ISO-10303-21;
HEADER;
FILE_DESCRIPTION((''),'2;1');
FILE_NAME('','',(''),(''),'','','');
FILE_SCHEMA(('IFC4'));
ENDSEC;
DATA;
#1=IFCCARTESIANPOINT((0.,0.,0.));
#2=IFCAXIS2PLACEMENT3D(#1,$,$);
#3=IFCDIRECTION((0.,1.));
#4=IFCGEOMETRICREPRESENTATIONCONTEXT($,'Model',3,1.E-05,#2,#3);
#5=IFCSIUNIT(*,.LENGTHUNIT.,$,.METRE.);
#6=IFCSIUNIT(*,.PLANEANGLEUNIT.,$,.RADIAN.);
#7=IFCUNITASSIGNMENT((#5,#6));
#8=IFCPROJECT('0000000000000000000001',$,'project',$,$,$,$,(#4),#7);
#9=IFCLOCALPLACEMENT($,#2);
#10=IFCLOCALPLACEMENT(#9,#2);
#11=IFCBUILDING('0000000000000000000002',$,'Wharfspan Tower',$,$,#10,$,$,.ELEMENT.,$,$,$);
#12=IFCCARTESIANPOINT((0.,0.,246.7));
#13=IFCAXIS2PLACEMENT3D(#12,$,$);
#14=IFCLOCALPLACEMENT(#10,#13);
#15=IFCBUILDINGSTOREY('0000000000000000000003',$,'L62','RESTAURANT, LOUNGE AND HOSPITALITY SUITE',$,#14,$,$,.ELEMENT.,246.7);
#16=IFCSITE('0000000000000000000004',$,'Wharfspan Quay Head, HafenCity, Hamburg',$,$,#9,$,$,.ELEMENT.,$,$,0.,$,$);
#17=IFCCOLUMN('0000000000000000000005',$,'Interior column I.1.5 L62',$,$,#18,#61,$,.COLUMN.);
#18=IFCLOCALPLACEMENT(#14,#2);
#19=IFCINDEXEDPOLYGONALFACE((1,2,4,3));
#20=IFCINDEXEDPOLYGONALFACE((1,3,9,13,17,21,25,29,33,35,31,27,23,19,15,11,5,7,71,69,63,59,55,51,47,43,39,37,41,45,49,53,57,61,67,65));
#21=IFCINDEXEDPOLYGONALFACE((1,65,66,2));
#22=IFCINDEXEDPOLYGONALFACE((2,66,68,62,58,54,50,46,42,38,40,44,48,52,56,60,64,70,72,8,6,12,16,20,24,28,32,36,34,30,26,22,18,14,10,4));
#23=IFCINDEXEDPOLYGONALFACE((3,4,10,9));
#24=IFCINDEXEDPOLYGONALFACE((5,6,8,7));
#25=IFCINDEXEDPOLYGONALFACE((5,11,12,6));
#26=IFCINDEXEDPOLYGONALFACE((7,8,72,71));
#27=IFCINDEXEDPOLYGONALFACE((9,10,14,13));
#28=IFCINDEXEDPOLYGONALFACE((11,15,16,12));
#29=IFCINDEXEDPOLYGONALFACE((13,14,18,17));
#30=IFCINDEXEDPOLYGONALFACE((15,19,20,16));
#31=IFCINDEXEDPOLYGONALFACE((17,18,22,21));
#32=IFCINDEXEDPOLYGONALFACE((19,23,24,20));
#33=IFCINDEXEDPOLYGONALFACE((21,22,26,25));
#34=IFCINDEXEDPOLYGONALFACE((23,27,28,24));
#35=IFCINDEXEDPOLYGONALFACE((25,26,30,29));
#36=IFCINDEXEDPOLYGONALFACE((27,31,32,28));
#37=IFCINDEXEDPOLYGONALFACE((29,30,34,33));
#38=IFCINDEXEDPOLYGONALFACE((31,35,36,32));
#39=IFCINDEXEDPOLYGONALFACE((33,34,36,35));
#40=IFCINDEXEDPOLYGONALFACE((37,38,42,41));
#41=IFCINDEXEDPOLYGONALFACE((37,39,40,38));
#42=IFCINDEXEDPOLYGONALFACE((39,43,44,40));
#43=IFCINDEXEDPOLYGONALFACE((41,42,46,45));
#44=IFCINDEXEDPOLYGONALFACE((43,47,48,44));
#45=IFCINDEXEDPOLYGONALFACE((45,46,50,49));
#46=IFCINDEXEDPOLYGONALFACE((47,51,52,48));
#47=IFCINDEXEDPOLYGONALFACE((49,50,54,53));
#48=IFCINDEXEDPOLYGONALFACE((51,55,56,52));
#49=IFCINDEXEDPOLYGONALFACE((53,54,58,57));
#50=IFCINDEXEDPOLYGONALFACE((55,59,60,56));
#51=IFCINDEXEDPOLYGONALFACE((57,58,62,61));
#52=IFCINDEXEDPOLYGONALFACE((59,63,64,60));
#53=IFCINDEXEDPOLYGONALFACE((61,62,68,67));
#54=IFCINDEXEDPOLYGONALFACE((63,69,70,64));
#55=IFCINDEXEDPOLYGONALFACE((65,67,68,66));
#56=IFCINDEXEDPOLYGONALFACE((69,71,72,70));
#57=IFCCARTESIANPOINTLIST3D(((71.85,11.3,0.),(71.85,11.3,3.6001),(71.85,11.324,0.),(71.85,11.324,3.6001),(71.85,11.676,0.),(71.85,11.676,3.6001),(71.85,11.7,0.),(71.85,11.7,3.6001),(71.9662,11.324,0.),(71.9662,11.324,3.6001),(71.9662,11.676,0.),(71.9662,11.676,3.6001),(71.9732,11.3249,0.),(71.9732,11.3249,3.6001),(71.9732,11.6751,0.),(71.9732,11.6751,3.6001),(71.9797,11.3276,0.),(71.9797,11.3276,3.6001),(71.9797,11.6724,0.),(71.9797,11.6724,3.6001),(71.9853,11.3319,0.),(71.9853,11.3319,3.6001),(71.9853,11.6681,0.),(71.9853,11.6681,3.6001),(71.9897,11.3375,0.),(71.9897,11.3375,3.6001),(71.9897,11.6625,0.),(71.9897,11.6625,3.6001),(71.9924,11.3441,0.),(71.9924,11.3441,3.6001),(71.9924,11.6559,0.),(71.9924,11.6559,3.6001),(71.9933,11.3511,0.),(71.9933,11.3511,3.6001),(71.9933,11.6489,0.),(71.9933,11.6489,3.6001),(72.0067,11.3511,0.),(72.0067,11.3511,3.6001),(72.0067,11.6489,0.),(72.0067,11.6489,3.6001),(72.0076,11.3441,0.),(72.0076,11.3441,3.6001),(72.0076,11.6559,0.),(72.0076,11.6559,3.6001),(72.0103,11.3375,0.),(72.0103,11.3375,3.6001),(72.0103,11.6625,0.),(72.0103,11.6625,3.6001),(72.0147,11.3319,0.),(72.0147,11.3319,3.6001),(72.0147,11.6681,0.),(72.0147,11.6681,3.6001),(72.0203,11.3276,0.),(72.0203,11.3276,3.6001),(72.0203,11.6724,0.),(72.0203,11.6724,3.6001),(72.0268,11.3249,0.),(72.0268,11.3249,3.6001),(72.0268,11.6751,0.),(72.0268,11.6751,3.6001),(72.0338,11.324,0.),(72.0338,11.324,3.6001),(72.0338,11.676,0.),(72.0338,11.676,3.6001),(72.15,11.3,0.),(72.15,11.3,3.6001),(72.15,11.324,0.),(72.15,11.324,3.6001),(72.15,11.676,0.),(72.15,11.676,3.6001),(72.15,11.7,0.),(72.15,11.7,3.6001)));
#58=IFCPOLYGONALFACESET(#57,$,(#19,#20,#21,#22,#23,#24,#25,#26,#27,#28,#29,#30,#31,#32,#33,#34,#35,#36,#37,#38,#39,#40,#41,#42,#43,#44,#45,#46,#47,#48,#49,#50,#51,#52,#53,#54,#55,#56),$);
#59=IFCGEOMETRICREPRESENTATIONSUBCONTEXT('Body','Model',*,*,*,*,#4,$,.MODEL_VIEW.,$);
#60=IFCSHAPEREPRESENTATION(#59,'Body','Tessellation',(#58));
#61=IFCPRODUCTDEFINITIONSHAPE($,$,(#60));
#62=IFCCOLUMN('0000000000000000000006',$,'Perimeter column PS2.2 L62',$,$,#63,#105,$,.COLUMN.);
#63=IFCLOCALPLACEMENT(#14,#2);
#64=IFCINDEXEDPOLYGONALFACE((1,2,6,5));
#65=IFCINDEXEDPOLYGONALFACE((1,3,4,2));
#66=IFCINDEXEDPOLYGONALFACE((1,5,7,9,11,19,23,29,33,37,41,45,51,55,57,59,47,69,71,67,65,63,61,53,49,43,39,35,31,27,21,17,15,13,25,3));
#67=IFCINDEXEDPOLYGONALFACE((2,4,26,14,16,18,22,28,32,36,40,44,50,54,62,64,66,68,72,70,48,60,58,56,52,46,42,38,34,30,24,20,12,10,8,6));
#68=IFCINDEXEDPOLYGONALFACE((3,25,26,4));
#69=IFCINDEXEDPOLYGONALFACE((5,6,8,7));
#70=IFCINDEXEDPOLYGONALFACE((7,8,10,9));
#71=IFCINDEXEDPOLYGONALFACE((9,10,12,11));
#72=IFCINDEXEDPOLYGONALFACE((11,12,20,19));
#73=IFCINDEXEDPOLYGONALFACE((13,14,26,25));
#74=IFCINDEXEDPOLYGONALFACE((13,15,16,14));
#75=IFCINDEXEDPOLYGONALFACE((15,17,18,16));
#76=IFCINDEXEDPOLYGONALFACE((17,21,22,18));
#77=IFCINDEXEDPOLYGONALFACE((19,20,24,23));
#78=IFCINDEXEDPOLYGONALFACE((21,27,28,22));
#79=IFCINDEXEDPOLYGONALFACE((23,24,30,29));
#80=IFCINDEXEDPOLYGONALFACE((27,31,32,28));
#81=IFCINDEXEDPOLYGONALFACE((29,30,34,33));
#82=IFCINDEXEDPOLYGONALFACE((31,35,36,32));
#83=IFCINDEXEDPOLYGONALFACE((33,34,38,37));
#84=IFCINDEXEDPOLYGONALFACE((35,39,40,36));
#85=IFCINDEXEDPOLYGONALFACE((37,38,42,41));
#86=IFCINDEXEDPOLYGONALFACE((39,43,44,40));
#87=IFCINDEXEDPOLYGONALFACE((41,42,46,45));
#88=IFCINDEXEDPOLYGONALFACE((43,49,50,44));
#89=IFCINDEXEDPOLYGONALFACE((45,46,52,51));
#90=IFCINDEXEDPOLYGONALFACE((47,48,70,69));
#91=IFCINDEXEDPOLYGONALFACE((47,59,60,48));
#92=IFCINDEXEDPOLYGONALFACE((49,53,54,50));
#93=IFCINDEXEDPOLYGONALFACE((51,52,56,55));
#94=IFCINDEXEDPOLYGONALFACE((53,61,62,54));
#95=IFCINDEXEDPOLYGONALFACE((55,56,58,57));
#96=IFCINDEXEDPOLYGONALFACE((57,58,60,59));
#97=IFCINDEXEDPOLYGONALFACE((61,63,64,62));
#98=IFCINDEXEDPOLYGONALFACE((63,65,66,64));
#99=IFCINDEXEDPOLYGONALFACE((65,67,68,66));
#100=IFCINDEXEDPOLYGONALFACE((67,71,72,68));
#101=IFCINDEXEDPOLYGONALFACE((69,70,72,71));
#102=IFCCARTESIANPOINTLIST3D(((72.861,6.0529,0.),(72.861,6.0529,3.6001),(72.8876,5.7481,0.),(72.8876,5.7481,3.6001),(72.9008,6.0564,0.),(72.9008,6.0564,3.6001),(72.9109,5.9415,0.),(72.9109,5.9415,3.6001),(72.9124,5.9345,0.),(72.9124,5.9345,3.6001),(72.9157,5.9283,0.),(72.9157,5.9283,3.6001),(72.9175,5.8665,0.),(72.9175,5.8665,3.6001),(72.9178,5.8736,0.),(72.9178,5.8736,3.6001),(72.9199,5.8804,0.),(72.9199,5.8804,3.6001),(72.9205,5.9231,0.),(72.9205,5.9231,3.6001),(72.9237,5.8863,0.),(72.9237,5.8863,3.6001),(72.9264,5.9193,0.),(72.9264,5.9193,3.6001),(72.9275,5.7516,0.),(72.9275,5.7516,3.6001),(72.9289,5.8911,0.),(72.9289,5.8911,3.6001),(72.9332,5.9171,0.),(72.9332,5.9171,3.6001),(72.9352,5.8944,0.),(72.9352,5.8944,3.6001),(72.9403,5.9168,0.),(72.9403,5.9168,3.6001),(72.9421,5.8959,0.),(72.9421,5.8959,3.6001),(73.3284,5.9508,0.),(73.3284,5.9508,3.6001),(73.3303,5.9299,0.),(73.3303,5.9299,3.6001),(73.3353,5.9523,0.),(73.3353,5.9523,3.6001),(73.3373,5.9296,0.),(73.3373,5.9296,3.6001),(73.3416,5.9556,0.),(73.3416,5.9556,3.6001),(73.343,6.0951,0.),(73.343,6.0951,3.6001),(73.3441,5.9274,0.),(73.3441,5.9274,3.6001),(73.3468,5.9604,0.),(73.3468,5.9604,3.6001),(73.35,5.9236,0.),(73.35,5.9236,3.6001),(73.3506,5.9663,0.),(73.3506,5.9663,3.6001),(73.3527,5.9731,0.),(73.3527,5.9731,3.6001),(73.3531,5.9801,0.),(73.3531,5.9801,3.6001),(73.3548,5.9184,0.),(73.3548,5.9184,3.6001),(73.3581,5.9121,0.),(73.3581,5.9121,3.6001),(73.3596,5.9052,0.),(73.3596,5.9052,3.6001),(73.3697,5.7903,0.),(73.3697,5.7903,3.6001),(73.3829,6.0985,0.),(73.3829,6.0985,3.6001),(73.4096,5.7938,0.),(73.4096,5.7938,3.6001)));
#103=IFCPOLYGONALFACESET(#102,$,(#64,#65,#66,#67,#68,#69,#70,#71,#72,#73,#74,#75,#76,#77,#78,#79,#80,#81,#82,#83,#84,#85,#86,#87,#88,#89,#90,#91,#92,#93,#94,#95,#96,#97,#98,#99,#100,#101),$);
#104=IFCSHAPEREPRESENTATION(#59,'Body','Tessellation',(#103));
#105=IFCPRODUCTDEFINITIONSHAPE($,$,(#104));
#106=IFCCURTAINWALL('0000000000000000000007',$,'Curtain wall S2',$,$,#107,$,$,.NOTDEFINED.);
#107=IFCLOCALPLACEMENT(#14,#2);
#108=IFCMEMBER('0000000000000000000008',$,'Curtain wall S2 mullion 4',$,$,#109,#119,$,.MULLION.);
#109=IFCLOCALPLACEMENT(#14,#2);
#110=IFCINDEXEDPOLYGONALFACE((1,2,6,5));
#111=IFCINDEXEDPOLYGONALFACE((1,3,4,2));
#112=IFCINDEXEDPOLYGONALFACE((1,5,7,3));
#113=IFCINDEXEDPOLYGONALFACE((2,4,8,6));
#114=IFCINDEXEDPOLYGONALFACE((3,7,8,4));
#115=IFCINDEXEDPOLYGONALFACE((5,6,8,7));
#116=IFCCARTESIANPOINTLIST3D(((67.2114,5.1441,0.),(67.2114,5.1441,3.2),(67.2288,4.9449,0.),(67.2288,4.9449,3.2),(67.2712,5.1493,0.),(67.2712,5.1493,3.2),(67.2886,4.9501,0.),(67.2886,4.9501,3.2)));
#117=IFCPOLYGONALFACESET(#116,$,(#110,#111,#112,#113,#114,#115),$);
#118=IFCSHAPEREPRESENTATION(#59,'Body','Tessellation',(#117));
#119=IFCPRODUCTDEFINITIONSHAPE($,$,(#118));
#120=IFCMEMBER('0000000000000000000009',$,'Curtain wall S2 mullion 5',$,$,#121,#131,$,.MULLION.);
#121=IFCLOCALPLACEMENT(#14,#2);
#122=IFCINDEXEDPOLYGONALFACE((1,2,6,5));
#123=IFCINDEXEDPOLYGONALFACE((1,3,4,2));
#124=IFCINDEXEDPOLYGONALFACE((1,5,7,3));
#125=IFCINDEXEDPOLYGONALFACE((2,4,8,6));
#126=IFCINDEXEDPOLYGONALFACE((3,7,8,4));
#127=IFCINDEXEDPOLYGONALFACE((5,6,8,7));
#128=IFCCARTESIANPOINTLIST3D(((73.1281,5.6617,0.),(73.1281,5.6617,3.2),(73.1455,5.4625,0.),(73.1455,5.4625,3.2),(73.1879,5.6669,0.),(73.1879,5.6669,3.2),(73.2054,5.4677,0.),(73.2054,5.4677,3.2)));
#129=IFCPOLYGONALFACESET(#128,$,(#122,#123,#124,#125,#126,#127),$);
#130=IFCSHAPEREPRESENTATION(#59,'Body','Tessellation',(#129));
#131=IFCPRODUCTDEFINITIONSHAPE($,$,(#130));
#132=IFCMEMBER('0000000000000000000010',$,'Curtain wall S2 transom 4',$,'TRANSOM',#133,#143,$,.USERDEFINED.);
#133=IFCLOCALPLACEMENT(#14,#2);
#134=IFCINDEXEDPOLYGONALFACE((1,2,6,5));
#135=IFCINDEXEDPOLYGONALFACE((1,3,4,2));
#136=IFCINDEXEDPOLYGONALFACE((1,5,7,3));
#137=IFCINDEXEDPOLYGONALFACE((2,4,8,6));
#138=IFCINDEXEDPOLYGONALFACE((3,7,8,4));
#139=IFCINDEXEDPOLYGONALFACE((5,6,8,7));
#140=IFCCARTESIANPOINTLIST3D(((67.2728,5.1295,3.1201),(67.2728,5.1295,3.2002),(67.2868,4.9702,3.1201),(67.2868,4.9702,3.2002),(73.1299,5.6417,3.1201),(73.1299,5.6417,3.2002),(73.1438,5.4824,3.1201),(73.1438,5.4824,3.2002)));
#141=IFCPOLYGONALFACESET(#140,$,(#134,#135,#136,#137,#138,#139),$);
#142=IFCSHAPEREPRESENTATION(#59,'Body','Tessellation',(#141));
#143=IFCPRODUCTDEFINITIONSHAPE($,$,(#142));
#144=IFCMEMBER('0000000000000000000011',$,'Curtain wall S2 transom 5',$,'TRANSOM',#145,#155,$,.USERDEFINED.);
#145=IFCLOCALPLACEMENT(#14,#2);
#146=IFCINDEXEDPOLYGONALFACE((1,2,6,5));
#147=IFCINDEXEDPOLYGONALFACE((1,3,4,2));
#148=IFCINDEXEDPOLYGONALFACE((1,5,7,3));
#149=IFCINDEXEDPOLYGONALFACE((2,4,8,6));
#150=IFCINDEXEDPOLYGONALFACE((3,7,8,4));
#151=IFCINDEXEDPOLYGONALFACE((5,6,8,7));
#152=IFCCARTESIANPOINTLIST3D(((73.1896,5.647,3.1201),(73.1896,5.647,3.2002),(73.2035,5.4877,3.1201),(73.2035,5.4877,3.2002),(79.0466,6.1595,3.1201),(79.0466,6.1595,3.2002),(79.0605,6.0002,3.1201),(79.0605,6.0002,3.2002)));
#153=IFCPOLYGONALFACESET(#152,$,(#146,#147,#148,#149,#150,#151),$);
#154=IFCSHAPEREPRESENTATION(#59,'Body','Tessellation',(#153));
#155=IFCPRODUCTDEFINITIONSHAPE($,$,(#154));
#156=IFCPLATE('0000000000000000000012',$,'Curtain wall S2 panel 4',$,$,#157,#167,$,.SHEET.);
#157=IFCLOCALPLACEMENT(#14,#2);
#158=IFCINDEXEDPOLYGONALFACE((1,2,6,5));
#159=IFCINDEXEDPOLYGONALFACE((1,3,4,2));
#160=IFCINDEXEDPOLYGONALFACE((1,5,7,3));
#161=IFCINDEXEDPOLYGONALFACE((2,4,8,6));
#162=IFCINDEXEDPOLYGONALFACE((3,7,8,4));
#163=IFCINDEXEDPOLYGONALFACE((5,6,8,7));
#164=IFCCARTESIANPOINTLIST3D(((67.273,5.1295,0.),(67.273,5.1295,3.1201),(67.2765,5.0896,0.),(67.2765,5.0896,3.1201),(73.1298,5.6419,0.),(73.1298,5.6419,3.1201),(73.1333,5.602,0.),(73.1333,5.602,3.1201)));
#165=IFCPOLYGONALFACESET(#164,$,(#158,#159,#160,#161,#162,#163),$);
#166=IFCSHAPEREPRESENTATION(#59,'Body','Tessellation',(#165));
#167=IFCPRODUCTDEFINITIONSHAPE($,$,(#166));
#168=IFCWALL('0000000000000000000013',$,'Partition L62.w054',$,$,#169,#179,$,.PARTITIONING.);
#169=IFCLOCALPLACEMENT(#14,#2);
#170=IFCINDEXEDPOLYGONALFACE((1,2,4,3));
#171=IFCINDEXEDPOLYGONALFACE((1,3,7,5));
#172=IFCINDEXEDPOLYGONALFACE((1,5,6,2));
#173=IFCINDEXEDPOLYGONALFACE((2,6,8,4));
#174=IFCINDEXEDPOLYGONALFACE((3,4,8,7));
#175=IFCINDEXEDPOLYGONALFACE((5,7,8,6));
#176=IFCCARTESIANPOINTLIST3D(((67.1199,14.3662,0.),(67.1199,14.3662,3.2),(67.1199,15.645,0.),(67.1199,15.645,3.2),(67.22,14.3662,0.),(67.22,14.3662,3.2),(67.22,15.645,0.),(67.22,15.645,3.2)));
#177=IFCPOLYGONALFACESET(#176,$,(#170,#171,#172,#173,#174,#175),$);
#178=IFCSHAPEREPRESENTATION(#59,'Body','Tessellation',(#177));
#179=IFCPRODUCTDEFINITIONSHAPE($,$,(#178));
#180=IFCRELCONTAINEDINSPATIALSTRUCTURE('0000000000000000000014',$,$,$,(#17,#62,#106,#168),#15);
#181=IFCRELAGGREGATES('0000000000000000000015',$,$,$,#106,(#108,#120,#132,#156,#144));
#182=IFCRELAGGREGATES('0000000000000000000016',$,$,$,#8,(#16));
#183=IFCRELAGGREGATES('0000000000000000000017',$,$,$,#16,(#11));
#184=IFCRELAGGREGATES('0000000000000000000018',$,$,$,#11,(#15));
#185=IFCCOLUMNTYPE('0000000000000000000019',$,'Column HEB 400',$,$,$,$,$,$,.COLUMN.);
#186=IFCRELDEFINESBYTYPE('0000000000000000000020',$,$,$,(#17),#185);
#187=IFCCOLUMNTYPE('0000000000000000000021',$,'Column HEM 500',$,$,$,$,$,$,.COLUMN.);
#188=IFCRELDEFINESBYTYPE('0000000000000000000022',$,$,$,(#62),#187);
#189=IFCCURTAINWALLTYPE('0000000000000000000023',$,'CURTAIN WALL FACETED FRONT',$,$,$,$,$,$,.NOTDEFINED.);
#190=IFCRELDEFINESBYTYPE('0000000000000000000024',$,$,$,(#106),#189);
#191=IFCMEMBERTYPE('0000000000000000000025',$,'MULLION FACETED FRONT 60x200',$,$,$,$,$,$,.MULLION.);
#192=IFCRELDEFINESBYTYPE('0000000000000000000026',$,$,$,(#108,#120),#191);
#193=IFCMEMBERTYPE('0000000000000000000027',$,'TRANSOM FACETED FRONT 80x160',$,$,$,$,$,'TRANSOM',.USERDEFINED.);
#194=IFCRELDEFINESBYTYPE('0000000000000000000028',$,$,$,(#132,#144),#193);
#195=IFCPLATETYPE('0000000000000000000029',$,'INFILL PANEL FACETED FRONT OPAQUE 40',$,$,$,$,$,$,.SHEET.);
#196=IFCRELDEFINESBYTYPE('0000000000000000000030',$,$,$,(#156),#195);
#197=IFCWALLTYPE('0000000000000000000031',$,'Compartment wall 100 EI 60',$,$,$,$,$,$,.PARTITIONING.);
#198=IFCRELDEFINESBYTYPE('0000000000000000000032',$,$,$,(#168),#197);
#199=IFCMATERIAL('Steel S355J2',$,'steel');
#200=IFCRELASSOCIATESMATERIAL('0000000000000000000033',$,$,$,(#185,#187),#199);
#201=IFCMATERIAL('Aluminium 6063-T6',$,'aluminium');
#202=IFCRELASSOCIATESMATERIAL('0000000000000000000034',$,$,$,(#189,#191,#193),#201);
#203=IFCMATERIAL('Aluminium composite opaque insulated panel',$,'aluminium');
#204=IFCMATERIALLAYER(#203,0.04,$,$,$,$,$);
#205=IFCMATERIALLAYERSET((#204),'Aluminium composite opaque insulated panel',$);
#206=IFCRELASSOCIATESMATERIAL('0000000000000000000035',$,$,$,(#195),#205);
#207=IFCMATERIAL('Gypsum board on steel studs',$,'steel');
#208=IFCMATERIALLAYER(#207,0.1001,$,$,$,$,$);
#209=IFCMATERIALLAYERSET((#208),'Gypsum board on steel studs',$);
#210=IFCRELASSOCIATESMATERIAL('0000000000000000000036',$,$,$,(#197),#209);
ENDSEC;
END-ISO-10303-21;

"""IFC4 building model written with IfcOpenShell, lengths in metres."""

from ifc_helpers import new_model, si_unit, direction, frame, frame_2d, origin, origin_2d, place, context, subcontext, project, spatial, rectangle, i_section, extrude, material, layer, layer_set, material_profile, profile_set, type_object, element, aggregate, save


model = new_model("IFC4")

# Units and contexts
model_context = context("Model", 3, precision=1e-05, world=origin(), true_north=direction((0.0, 1.0)))
body_context = subcontext(model_context, "Body", "Model", "MODEL_VIEW")
ifc_project = project(units=[si_unit("LENGTHUNIT", "METRE"), si_unit("PLANEANGLEUNIT", "RADIAN")], contexts=[model_context])

# Site, building, storey
site_placement = place(None, origin())
site = spatial("IfcSite", under=ifc_project, at=site_placement, Name="Wharfspan Quay Head, HafenCity, Hamburg", CompositionType="ELEMENT", RefElevation=0.0)
building_placement = place(site_placement, origin())
building = spatial("IfcBuilding", under=site, at=building_placement, Name="Wharfspan Tower", CompositionType="ELEMENT")
storey_placement = place(building_placement, frame((0.0, 0.0, 246.7)))
storey = spatial("IfcBuildingStorey", under=building, at=storey_placement, Name="L62", Description="RESTAURANT, LOUNGE AND HOSPITALITY SUITE", CompositionType="ELEMENT", Elevation=246.7)

# Columns
ifc_material_1 = material(Name="Steel S355J2", Category="steel")
ifc_material_profile_1 = material_profile(ifc_material_1, i_section(OverallWidth=0.3, OverallDepth=0.3999, WebThickness=0.0134, FlangeThickness=0.0239, FilletRadius=0.0271, at=origin_2d()))
ifc_profile_set_1 = profile_set([ifc_material_profile_1], Name="Steel S355J2")
column_type_1 = type_object("IfcColumnType", Name="Column HEB 400", PredefinedType="COLUMN", material=ifc_profile_set_1)
column_1_placement = place(storey_placement, frame((72.0, 11.5, 0.0), z_axis=(0.0, 0.0, 1.0), x_axis=(1.0, 0.0, 0.0)))
element("IfcColumn", 1, at=column_1_placement, inside=storey, type_object=column_type_1, Name="Interior column I.1.5 L62", PredefinedType="COLUMN", context=body_context, shape_type="SweptSolid", body=[
    extrude(i_section(OverallWidth=0.3, OverallDepth=0.3999, WebThickness=0.0134, FlangeThickness=0.0239, FilletRadius=0.0271, at=origin_2d()), origin(), (0.0, 0.0, 1.0), 3.6001),
])
ifc_material_profile_2 = material_profile(ifc_material_1, i_section(OverallWidth=0.3059, OverallDepth=0.5239, WebThickness=0.021, FlangeThickness=0.04, FilletRadius=0.0271, at=origin_2d()))
ifc_profile_set_2 = profile_set([ifc_material_profile_2], Name="Steel S355J2")
column_type_2 = type_object("IfcColumnType", Name="Column HEM 500", PredefinedType="COLUMN", material=ifc_profile_set_2)
column_2_placement = place(storey_placement, frame((73.1353, 5.9233, 0.0), z_axis=(0.0, 0.0, 1.0), x_axis=(0.087156, -0.996197, 0.0)))
element("IfcColumn", 2, at=column_2_placement, inside=storey, type_object=column_type_2, Name="Perimeter column PS2.2 L62", PredefinedType="COLUMN", context=body_context, shape_type="SweptSolid", body=[
    extrude(i_section(OverallWidth=0.3059, OverallDepth=0.5239, WebThickness=0.021, FlangeThickness=0.04, FilletRadius=0.0271, at=origin_2d()), origin(), (0.0, 0.0, 1.0), 3.6001),
])

# Curtain wall, members, plate
ifc_material_2 = material(Name="Aluminium 6063-T6", Category="aluminium")
curtain_wall_type = type_object("IfcCurtainWallType", Name="CURTAIN WALL FACETED FRONT", PredefinedType="NOTDEFINED", material=ifc_material_2)
curtain_wall_placement = place(storey_placement, origin())
curtain_wall = element("IfcCurtainWall", 3, at=curtain_wall_placement, inside=storey, type_object=curtain_wall_type, Name="Curtain wall S2", PredefinedType="NOTDEFINED")
ifc_material_profile_3 = material_profile(ifc_material_2, rectangle(XDim=0.2, YDim=0.0601, at=origin_2d()))
ifc_profile_set_3 = profile_set([ifc_material_profile_3], Name="Aluminium 6063-T6")
member_type_1 = type_object("IfcMemberType", Name="MULLION FACETED FRONT 60x200", PredefinedType="MULLION", material=ifc_profile_set_3)
member_1_placement = place(storey_placement, frame((67.25, 5.0471, 0.0), z_axis=(0.0, 0.0, 1.0), x_axis=(-0.087156, 0.996197, 0.0)))
member_1 = element("IfcMember", 4, at=member_1_placement, type_object=member_type_1, Name="Curtain wall S2 mullion 4", PredefinedType="MULLION", context=body_context, shape_type="SweptSolid", body=[
    extrude(rectangle(XDim=0.2, YDim=0.0601, at=origin_2d()), origin(), (0.0, 0.0, 1.0), 3.2),
])
member_2_placement = place(storey_placement, frame((73.1667, 5.5647, 0.0), z_axis=(0.0, 0.0, 1.0), x_axis=(-0.087156, 0.996197, 0.0)))
member_2 = element("IfcMember", 5, at=member_2_placement, type_object=member_type_1, Name="Curtain wall S2 mullion 5", PredefinedType="MULLION", context=body_context, shape_type="SweptSolid", body=[
    extrude(rectangle(XDim=0.2, YDim=0.0601, at=origin_2d()), origin(), (0.0, 0.0, 1.0), 3.2),
])
ifc_material_profile_4 = material_profile(ifc_material_2, rectangle(XDim=0.1599, YDim=0.0801, at=origin_2d()))
ifc_profile_set_4 = profile_set([ifc_material_profile_4], Name="Aluminium 6063-T6")
member_type_2 = type_object("IfcMemberType", Name="TRANSOM FACETED FRONT 80x160", ElementType="TRANSOM", PredefinedType="USERDEFINED", material=ifc_profile_set_4)
member_3_placement = place(storey_placement, frame((67.2798, 5.0498, 3.1602), z_axis=(0.996198, 0.087121, 0.0), x_axis=(-0.087121, 0.996198, 0.0)))
member_3 = element("IfcMember", 6, at=member_3_placement, type_object=member_type_2, Name="Curtain wall S2 transom 4", ObjectType="TRANSOM", PredefinedType="USERDEFINED", context=body_context, shape_type="SweptSolid", body=[
    extrude(rectangle(XDim=0.1599, YDim=0.0801, at=origin_2d()), origin(), (0.0, 0.0, 1.0), 5.8794),
])
member_4_placement = place(storey_placement, frame((73.1965, 5.5674, 3.1602), z_axis=(0.996194, 0.087162, 0.0), x_axis=(-0.087162, 0.996194, 0.0)))
member_4 = element("IfcMember", 7, at=member_4_placement, type_object=member_type_2, Name="Curtain wall S2 transom 5", ObjectType="TRANSOM", PredefinedType="USERDEFINED", context=body_context, shape_type="SweptSolid", body=[
    extrude(rectangle(XDim=0.1599, YDim=0.0801, at=origin_2d()), origin(), (0.0, 0.0, 1.0), 5.8794),
])
ifc_material_3 = material(Name="Aluminium composite opaque insulated panel", Category="aluminium")
ifc_layer_1 = layer(ifc_material_3, 0.04)
ifc_layer_set_1 = layer_set([ifc_layer_1], Name="Aluminium composite opaque insulated panel")
plate_type = type_object("IfcPlateType", Name="INFILL PANEL FACETED FRONT OPAQUE 40", PredefinedType="SHEET", material=ifc_layer_set_1)
plate_placement = place(storey_placement, frame((70.2031, 5.3657, 0.0), z_axis=(0.0, 0.0, 1.0), x_axis=(0.996197, 0.087156, 0.0)))
plate = element("IfcPlate", 8, at=plate_placement, type_object=plate_type, Name="Curtain wall S2 panel 4", PredefinedType="SHEET", context=body_context, shape_type="SweptSolid", body=[
    extrude(rectangle(XDim=5.8792, YDim=0.04, at=origin_2d()), origin(), (0.0, 0.0, 1.0), 3.1201),
])
aggregate(curtain_wall, [member_1, member_2, member_3, plate, member_4])

# Wall
ifc_material_4 = material(Name="Gypsum board on steel studs", Category="steel")
ifc_layer_2 = layer(ifc_material_4, 0.1001)
ifc_layer_set_2 = layer_set([ifc_layer_2], Name="Gypsum board on steel studs")
wall_type_1 = type_object("IfcWallType", Name="Compartment wall 100 EI 60", PredefinedType="PARTITIONING", material=ifc_layer_set_2)
wall_1_placement = place(storey_placement, frame((67.1699, 14.3662, 0.0), z_axis=(0.0, 0.0, 1.0), x_axis=(0.0, 1.0, 0.0)))
element("IfcWall", 9, at=wall_1_placement, inside=storey, type_object=wall_type_1, Name="Partition L62.w054", PredefinedType="PARTITIONING", context=body_context, shape_type="SweptSolid", body=[
    extrude(rectangle(XDim=1.2788, YDim=0.1001, at=frame_2d((0.6394, 0.0))), origin(), (0.0, 0.0, 1.0), 3.2),
])

save(model, "model.ifc")
